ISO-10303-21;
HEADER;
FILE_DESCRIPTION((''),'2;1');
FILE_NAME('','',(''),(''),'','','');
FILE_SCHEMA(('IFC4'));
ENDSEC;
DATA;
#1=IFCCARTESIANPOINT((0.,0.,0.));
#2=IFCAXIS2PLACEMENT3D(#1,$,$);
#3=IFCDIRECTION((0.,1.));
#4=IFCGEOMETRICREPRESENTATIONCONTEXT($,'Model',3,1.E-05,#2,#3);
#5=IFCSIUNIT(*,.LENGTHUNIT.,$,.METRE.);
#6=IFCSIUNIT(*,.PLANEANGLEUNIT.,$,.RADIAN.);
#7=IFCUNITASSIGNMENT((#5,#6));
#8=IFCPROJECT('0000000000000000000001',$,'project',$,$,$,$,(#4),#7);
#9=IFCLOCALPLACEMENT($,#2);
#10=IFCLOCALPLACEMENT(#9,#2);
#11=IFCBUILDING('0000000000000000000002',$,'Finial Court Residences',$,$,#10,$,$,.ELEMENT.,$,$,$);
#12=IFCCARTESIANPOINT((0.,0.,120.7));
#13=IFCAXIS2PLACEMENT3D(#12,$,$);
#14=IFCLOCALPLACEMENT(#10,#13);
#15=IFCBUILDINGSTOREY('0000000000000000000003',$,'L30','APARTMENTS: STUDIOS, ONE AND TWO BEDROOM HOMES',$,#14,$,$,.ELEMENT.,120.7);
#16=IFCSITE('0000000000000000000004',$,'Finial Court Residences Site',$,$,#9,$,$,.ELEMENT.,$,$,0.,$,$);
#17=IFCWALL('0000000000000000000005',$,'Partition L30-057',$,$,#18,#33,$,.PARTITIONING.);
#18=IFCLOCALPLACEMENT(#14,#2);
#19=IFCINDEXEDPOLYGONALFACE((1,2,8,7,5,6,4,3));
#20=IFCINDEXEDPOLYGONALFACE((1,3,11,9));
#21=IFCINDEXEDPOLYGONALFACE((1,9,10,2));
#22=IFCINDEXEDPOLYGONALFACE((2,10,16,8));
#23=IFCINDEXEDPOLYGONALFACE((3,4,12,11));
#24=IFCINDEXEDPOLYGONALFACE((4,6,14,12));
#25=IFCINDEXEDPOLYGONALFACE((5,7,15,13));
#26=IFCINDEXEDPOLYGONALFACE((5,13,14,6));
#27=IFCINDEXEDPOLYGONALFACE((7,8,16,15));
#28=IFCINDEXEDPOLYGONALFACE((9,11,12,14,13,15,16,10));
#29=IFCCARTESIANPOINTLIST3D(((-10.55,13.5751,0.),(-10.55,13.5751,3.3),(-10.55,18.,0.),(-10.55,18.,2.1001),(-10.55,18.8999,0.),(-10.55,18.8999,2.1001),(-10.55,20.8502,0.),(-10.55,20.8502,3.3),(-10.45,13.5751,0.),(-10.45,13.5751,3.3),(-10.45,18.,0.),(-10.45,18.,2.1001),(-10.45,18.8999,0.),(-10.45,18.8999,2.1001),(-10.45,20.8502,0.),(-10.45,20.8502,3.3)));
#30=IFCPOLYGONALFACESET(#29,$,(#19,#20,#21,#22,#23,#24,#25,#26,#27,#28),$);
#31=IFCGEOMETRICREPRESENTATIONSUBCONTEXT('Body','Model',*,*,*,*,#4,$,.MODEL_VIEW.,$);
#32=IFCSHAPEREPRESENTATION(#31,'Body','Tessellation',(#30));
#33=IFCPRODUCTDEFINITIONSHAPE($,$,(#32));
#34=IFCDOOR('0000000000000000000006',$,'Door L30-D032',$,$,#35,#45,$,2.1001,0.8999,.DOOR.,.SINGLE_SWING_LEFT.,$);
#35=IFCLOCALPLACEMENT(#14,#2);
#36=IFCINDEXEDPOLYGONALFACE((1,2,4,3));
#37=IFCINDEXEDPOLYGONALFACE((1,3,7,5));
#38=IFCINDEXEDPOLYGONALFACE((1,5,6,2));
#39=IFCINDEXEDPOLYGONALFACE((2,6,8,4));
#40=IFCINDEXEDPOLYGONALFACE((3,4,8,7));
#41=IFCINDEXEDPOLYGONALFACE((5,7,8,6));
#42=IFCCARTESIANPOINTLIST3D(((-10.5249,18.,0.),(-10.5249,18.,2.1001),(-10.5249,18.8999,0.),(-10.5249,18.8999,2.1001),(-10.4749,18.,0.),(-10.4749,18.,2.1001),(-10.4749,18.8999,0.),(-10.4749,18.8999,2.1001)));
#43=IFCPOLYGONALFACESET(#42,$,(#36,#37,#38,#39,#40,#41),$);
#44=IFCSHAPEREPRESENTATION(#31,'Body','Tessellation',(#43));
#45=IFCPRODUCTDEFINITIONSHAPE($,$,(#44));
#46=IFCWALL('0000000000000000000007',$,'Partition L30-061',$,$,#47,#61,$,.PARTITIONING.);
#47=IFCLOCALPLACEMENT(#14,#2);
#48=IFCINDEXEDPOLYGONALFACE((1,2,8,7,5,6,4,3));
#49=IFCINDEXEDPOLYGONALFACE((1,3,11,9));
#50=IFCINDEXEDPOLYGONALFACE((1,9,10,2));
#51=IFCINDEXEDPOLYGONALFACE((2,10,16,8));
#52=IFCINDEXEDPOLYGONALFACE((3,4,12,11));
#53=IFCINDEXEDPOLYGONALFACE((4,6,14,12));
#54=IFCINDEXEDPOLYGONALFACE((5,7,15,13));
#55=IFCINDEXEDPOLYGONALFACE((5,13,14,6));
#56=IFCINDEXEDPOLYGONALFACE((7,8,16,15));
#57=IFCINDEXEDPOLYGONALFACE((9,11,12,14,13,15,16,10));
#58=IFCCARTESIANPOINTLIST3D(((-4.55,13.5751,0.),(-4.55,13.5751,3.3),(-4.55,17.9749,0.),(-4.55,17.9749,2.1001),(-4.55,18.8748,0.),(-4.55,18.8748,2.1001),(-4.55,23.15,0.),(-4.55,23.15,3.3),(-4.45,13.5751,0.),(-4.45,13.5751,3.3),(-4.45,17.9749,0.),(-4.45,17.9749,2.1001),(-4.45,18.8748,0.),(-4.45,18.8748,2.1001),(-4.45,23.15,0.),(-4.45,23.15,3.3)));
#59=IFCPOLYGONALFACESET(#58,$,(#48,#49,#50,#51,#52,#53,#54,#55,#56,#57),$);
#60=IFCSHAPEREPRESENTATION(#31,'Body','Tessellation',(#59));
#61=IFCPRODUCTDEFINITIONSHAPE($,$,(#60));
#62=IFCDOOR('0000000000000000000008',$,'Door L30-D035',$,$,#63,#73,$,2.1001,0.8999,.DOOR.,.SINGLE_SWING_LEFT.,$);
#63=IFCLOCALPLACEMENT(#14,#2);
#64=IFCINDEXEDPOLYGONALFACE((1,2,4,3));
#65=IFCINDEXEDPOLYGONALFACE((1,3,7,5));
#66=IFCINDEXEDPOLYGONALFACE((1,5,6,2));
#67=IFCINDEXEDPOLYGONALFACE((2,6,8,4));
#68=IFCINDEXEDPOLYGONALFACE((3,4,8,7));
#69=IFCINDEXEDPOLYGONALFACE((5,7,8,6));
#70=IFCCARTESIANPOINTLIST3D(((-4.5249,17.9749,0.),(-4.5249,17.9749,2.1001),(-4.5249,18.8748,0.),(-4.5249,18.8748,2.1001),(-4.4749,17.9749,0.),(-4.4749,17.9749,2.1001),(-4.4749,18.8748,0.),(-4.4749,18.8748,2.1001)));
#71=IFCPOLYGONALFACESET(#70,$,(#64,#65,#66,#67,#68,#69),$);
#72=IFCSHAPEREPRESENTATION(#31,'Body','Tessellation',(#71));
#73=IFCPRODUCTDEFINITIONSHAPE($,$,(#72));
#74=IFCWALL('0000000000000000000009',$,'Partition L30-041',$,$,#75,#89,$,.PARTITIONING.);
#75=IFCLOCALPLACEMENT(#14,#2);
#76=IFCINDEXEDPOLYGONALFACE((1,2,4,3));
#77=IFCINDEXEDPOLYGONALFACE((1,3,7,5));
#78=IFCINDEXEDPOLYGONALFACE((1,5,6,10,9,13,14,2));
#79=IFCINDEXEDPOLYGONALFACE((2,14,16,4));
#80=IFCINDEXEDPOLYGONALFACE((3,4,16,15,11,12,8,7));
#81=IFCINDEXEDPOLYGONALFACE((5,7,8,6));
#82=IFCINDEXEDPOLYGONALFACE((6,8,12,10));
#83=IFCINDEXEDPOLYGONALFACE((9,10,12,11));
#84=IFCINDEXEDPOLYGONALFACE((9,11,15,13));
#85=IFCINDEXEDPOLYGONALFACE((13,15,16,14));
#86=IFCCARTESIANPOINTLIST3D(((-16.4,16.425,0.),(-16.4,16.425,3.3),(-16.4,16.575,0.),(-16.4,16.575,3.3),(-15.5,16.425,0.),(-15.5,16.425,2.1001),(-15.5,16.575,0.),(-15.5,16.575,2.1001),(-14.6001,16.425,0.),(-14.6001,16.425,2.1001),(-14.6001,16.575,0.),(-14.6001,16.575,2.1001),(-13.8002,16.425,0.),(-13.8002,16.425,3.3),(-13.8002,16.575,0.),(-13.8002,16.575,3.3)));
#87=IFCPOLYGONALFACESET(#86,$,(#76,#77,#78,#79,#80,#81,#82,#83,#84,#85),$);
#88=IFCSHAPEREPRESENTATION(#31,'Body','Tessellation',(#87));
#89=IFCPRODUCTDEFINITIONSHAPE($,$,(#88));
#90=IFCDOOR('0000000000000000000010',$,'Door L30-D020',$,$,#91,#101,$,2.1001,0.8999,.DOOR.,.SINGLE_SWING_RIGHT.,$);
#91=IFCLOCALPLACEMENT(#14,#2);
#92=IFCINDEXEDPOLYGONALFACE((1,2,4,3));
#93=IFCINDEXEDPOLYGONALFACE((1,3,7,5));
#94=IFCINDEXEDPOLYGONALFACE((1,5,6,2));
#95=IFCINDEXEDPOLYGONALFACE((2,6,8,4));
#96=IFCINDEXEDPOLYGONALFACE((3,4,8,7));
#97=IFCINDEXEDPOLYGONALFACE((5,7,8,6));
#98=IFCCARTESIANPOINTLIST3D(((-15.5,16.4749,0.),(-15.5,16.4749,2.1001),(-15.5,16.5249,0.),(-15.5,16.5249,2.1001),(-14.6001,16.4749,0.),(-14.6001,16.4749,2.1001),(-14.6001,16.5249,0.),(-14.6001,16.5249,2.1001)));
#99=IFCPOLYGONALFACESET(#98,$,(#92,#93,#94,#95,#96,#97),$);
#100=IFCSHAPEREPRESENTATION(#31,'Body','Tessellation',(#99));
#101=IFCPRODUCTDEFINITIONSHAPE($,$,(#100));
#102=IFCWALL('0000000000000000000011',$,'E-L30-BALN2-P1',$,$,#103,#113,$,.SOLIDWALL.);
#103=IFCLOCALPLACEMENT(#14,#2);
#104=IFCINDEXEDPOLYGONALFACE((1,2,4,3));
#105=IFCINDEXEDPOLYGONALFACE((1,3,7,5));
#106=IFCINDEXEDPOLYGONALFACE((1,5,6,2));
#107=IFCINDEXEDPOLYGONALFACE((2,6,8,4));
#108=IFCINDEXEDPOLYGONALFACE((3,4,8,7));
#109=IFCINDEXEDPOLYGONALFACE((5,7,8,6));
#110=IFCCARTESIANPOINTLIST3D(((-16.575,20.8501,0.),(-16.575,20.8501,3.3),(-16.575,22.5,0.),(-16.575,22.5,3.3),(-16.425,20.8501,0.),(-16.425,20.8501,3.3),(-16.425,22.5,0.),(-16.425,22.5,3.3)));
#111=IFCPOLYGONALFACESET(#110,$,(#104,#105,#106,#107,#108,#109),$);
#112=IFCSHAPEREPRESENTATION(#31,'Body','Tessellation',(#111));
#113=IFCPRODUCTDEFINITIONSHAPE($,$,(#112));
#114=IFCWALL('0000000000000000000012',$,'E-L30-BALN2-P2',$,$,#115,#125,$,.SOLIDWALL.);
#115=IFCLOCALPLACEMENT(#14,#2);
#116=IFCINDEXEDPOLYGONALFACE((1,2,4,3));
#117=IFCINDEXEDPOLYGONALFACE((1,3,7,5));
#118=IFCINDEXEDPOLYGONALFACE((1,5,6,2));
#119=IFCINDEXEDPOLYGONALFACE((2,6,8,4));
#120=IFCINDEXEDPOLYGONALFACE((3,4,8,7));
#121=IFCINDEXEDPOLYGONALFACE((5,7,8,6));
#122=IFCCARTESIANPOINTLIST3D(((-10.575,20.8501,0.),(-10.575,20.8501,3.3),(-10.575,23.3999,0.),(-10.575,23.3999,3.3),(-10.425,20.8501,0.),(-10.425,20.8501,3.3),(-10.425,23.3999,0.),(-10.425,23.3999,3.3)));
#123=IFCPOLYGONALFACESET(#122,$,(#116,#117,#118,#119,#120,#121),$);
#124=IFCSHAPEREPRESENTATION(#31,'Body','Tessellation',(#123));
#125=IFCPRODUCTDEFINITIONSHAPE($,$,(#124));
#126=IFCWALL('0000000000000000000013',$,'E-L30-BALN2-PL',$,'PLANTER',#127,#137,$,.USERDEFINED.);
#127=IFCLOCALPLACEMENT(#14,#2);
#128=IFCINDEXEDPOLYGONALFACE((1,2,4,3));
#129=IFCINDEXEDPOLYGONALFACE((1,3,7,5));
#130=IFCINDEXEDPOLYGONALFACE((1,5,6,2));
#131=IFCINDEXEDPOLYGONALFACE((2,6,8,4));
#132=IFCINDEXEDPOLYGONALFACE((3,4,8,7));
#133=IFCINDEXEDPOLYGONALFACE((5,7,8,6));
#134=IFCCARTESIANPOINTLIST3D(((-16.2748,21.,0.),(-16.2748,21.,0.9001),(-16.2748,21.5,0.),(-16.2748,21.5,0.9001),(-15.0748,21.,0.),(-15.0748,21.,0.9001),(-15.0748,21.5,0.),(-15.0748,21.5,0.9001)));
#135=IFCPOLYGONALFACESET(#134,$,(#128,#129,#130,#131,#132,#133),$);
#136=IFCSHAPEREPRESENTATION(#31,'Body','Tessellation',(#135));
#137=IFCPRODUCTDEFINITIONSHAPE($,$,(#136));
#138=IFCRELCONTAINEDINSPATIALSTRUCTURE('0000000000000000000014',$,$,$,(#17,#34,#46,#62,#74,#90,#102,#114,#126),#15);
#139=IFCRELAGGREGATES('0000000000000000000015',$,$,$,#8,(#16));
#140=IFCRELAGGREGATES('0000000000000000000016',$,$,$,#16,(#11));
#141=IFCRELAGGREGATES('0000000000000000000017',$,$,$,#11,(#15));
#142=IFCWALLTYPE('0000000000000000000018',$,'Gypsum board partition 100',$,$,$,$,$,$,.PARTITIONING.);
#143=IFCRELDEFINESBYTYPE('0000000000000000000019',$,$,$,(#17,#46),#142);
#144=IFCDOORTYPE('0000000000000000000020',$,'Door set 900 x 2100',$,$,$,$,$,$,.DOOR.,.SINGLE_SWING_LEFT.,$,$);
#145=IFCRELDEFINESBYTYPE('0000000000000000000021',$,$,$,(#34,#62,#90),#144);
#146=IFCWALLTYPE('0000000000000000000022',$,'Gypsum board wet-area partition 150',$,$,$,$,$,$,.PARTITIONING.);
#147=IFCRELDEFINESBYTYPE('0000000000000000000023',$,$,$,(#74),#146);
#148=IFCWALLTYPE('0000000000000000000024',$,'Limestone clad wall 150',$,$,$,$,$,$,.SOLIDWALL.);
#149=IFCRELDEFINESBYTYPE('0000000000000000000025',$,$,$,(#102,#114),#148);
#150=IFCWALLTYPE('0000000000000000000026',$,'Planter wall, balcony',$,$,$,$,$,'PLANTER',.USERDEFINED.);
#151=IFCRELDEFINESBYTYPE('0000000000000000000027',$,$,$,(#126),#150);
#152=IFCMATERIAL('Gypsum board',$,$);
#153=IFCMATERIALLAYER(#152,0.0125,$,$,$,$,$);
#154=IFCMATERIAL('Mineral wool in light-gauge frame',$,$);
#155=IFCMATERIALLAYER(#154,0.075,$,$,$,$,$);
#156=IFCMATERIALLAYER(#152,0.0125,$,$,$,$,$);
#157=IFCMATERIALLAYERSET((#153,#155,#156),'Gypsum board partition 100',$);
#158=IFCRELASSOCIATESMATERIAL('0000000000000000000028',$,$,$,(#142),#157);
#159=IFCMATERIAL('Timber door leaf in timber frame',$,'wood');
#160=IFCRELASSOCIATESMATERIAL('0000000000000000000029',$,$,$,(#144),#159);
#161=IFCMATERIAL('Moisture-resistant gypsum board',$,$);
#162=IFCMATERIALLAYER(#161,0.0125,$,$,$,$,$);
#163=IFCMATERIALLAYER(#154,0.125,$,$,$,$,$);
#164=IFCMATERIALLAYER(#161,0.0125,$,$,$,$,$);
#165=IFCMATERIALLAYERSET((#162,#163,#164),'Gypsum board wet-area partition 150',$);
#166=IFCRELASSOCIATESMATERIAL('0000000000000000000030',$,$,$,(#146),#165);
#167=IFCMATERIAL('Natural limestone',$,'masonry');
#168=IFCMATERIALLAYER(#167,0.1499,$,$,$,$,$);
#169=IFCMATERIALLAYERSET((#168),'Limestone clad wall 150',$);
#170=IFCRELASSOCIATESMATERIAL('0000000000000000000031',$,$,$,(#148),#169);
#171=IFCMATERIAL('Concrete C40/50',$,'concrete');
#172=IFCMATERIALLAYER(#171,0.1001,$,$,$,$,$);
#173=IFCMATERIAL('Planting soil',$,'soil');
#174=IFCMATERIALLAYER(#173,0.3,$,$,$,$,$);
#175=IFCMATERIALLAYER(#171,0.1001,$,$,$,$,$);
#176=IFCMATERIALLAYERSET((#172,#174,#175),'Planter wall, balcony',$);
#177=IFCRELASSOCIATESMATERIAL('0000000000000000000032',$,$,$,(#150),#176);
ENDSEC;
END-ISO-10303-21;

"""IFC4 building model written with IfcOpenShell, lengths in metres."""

from ifc_helpers import new_model, si_unit, direction, frame, frame_2d, origin, place, context, subcontext, project, spatial, rectangle, extrude, material, layer, layer_set, type_object, element, fill, save


model = new_model("IFC4")

# Units and contexts
model_context = context("Model", 3, precision=1e-05, world=origin(), true_north=direction((0.0, 1.0)))
body_context = subcontext(model_context, "Body", "Model", "MODEL_VIEW")
ifc_project = project(units=[si_unit("LENGTHUNIT", "METRE"), si_unit("PLANEANGLEUNIT", "RADIAN")], contexts=[model_context])

# Site, building, storey
site_placement = place(None, origin())
site = spatial("IfcSite", under=ifc_project, at=site_placement, Name="Finial Court Residences Site", CompositionType="ELEMENT", RefElevation=0.0)
building_placement = place(site_placement, origin())
building = spatial("IfcBuilding", under=site, at=building_placement, Name="Finial Court Residences", CompositionType="ELEMENT")
storey_placement = place(building_placement, frame((0.0, 0.0, 120.7)))
storey = spatial("IfcBuildingStorey", under=building, at=storey_placement, Name="L30", Description="APARTMENTS: STUDIOS, ONE AND TWO BEDROOM HOMES", CompositionType="ELEMENT", Elevation=120.7)

# Walls, openings, doors
ifc_material_1 = material(Name="Gypsum board")
ifc_layer_1 = layer(ifc_material_1, 0.0125)
ifc_material_2 = material(Name="Mineral wool in light-gauge frame")
ifc_layer_2 = layer(ifc_material_2, 0.075)
ifc_layer_3 = layer(ifc_material_1, 0.0125)
ifc_layer_set_1 = layer_set([ifc_layer_1, ifc_layer_2, ifc_layer_3], Name="Gypsum board partition 100")
wall_type_1 = type_object("IfcWallType", Name="Gypsum board partition 100", PredefinedType="PARTITIONING", material=ifc_layer_set_1)
ifc_material_3 = material(Name="Timber door leaf in timber frame", Category="wood")
door_type_1 = type_object("IfcDoorType", Name="Door set 900 x 2100", OperationType="SINGLE_SWING_LEFT", PredefinedType="DOOR", material=ifc_material_3)
wall_1_placement = place(storey_placement, frame((-10.5, 13.575, 0.0), z_axis=(0.0, 0.0, 1.0), x_axis=(0.0, 1.0, 0.0)))
wall_1 = element("IfcWall", 1, at=wall_1_placement, inside=storey, type_object=wall_type_1, Name="Partition L30-057", PredefinedType="PARTITIONING", context=body_context, shape_type="SweptSolid", body=[
    extrude(rectangle(XDim=7.2751, YDim=0.1001, at=frame_2d((3.6377, 0.0))), origin(), (0.0, 0.0, 1.0), 3.3),
])
opening_1_placement = place(wall_1_placement, frame((4.425, 0.0, 0.0)))
opening_1 = element("IfcOpeningElement", 2, at=opening_1_placement, cuts=wall_1, PredefinedType="OPENING", context=body_context, shape_type="SweptSolid", body=[
    extrude(rectangle(XDim=0.8999, YDim=2.1001, at=frame_2d((0.45, 1.05))), frame((0.0, 0.0601, 0.0), z_axis=(0.0, -1.0, 0.0), x_axis=(1.0, 0.0, 0.0)), (0.0, 0.0, 1.0), 0.1201),
])
door_1_placement = place(opening_1_placement, origin())
door_1 = element("IfcDoor", 3, at=door_1_placement, inside=storey, type_object=door_type_1, Name="Door L30-D032", OperationType="SINGLE_SWING_LEFT", OverallHeight=2.1001, OverallWidth=0.8999, PredefinedType="DOOR", context=body_context, shape_type="SweptSolid", body=[
    extrude(rectangle(XDim=0.8999, YDim=2.1001, at=frame_2d((0.45, 1.05))), frame((0.0, 0.0249, 0.0), z_axis=(0.0, -1.0, 0.0), x_axis=(1.0, 0.0, 0.0)), (0.0, 0.0, 1.0), 0.05),
])
fill(opening_1, door_1)
wall_2_placement = place(storey_placement, frame((-4.5, 13.575, 0.0), z_axis=(0.0, 0.0, 1.0), x_axis=(0.0, 1.0, 0.0)))
wall_2 = element("IfcWall", 4, at=wall_2_placement, inside=storey, type_object=wall_type_1, Name="Partition L30-061", PredefinedType="PARTITIONING", context=body_context, shape_type="SweptSolid", body=[
    extrude(rectangle(XDim=9.575, YDim=0.1001, at=frame_2d((4.7876, 0.0))), origin(), (0.0, 0.0, 1.0), 3.3),
])
opening_2_placement = place(wall_2_placement, frame((4.3999, 0.0, 0.0)))
opening_2 = element("IfcOpeningElement", 5, at=opening_2_placement, cuts=wall_2, PredefinedType="OPENING", context=body_context, shape_type="SweptSolid", body=[
    extrude(rectangle(XDim=0.8999, YDim=2.1001, at=frame_2d((0.45, 1.05))), frame((0.0, 0.0601, 0.0), z_axis=(0.0, -1.0, 0.0), x_axis=(1.0, 0.0, 0.0)), (0.0, 0.0, 1.0), 0.1201),
])
door_2_placement = place(opening_2_placement, origin())
door_2 = element("IfcDoor", 6, at=door_2_placement, inside=storey, type_object=door_type_1, Name="Door L30-D035", OperationType="SINGLE_SWING_LEFT", OverallHeight=2.1001, OverallWidth=0.8999, PredefinedType="DOOR", context=body_context, shape_type="SweptSolid", body=[
    extrude(rectangle(XDim=0.8999, YDim=2.1001, at=frame_2d((0.45, 1.05))), frame((0.0, 0.0249, 0.0), z_axis=(0.0, -1.0, 0.0), x_axis=(1.0, 0.0, 0.0)), (0.0, 0.0, 1.0), 0.05),
])
fill(opening_2, door_2)
ifc_material_4 = material(Name="Moisture-resistant gypsum board")
ifc_layer_4 = layer(ifc_material_4, 0.0125)
ifc_layer_5 = layer(ifc_material_2, 0.125)
ifc_layer_6 = layer(ifc_material_4, 0.0125)
ifc_layer_set_2 = layer_set([ifc_layer_4, ifc_layer_5, ifc_layer_6], Name="Gypsum board wet-area partition 150")
wall_type_2 = type_object("IfcWallType", Name="Gypsum board wet-area partition 150", PredefinedType="PARTITIONING", material=ifc_layer_set_2)
wall_3_placement = place(storey_placement, frame((-16.3999, 16.5, 0.0), z_axis=(0.0, 0.0, 1.0), x_axis=(1.0, 0.0, 0.0)))
wall_3 = element("IfcWall", 7, at=wall_3_placement, inside=storey, type_object=wall_type_2, Name="Partition L30-041", PredefinedType="PARTITIONING", context=body_context, shape_type="SweptSolid", body=[
    extrude(rectangle(XDim=2.5999, YDim=0.1499, at=frame_2d((1.2998, 0.0))), origin(), (0.0, 0.0, 1.0), 3.3),
])
opening_3_placement = place(wall_3_placement, frame((0.8999, 0.0, 0.0)))
opening_3 = element("IfcOpeningElement", 8, at=opening_3_placement, cuts=wall_3, PredefinedType="OPENING", context=body_context, shape_type="SweptSolid", body=[
    extrude(rectangle(XDim=0.8999, YDim=2.1001, at=frame_2d((0.45, 1.05))), frame((0.0, 0.085, 0.0), z_axis=(0.0, -1.0, 0.0), x_axis=(1.0, 0.0, 0.0)), (0.0, 0.0, 1.0), 0.1699),
])
door_3_placement = place(opening_3_placement, origin())
door_3 = element("IfcDoor", 9, at=door_3_placement, inside=storey, type_object=door_type_1, Name="Door L30-D020", OperationType="SINGLE_SWING_RIGHT", OverallHeight=2.1001, OverallWidth=0.8999, PredefinedType="DOOR", context=body_context, shape_type="SweptSolid", body=[
    extrude(rectangle(XDim=0.8999, YDim=2.1001, at=frame_2d((0.45, 1.05))), frame((0.0, 0.0249, 0.0), z_axis=(0.0, -1.0, 0.0), x_axis=(1.0, 0.0, 0.0)), (0.0, 0.0, 1.0), 0.05),
])
fill(opening_3, door_3)

# Walls
ifc_material_5 = material(Name="Natural limestone", Category="masonry")
ifc_layer_7 = layer(ifc_material_5, 0.1499)
ifc_layer_set_3 = layer_set([ifc_layer_7], Name="Limestone clad wall 150")
wall_type_3 = type_object("IfcWallType", Name="Limestone clad wall 150", PredefinedType="SOLIDWALL", material=ifc_layer_set_3)
wall_4_placement = place(storey_placement, frame((-16.5, 20.8501, 0.0), z_axis=(0.0, 0.0, 1.0), x_axis=(0.0, 1.0, 0.0)))
element("IfcWall", 10, at=wall_4_placement, inside=storey, type_object=wall_type_3, Name="E-L30-BALN2-P1", PredefinedType="SOLIDWALL", context=body_context, shape_type="SweptSolid", body=[
    extrude(rectangle(XDim=1.6499, YDim=0.1499, at=frame_2d((0.825, 0.0))), origin(), (0.0, 0.0, 1.0), 3.3),
])
wall_5_placement = place(storey_placement, frame((-10.5, 20.8501, 0.0), z_axis=(0.0, 0.0, 1.0), x_axis=(0.0, 1.0, 0.0)))
element("IfcWall", 11, at=wall_5_placement, inside=storey, type_object=wall_type_3, Name="E-L30-BALN2-P2", PredefinedType="SOLIDWALL", context=body_context, shape_type="SweptSolid", body=[
    extrude(rectangle(XDim=2.5498, YDim=0.1499, at=frame_2d((1.2749, 0.0))), origin(), (0.0, 0.0, 1.0), 3.3),
])

# Wall
ifc_material_6 = material(Name="Concrete C40/50", Category="concrete")
ifc_layer_8 = layer(ifc_material_6, 0.1001)
ifc_material_7 = material(Name="Planting soil", Category="soil")
ifc_layer_9 = layer(ifc_material_7, 0.3)
ifc_layer_10 = layer(ifc_material_6, 0.1001)
ifc_layer_set_4 = layer_set([ifc_layer_8, ifc_layer_9, ifc_layer_10], Name="Planter wall, balcony")
wall_type_4 = type_object("IfcWallType", Name="Planter wall, balcony", ElementType="PLANTER", PredefinedType="USERDEFINED", material=ifc_layer_set_4)
wall_6_placement = place(storey_placement, frame((-16.2749, 21.25, 0.0), z_axis=(0.0, 0.0, 1.0), x_axis=(1.0, 0.0, 0.0)))
element("IfcWall", 12, at=wall_6_placement, inside=storey, type_object=wall_type_4, Name="E-L30-BALN2-PL", ObjectType="PLANTER", PredefinedType="USERDEFINED", context=body_context, shape_type="SweptSolid", body=[
    extrude(rectangle(XDim=1.2, YDim=0.5, at=frame_2d((0.6001, 0.0))), origin(), (0.0, 0.0, 1.0), 0.9001),
])

save(model, "model.ifc")
